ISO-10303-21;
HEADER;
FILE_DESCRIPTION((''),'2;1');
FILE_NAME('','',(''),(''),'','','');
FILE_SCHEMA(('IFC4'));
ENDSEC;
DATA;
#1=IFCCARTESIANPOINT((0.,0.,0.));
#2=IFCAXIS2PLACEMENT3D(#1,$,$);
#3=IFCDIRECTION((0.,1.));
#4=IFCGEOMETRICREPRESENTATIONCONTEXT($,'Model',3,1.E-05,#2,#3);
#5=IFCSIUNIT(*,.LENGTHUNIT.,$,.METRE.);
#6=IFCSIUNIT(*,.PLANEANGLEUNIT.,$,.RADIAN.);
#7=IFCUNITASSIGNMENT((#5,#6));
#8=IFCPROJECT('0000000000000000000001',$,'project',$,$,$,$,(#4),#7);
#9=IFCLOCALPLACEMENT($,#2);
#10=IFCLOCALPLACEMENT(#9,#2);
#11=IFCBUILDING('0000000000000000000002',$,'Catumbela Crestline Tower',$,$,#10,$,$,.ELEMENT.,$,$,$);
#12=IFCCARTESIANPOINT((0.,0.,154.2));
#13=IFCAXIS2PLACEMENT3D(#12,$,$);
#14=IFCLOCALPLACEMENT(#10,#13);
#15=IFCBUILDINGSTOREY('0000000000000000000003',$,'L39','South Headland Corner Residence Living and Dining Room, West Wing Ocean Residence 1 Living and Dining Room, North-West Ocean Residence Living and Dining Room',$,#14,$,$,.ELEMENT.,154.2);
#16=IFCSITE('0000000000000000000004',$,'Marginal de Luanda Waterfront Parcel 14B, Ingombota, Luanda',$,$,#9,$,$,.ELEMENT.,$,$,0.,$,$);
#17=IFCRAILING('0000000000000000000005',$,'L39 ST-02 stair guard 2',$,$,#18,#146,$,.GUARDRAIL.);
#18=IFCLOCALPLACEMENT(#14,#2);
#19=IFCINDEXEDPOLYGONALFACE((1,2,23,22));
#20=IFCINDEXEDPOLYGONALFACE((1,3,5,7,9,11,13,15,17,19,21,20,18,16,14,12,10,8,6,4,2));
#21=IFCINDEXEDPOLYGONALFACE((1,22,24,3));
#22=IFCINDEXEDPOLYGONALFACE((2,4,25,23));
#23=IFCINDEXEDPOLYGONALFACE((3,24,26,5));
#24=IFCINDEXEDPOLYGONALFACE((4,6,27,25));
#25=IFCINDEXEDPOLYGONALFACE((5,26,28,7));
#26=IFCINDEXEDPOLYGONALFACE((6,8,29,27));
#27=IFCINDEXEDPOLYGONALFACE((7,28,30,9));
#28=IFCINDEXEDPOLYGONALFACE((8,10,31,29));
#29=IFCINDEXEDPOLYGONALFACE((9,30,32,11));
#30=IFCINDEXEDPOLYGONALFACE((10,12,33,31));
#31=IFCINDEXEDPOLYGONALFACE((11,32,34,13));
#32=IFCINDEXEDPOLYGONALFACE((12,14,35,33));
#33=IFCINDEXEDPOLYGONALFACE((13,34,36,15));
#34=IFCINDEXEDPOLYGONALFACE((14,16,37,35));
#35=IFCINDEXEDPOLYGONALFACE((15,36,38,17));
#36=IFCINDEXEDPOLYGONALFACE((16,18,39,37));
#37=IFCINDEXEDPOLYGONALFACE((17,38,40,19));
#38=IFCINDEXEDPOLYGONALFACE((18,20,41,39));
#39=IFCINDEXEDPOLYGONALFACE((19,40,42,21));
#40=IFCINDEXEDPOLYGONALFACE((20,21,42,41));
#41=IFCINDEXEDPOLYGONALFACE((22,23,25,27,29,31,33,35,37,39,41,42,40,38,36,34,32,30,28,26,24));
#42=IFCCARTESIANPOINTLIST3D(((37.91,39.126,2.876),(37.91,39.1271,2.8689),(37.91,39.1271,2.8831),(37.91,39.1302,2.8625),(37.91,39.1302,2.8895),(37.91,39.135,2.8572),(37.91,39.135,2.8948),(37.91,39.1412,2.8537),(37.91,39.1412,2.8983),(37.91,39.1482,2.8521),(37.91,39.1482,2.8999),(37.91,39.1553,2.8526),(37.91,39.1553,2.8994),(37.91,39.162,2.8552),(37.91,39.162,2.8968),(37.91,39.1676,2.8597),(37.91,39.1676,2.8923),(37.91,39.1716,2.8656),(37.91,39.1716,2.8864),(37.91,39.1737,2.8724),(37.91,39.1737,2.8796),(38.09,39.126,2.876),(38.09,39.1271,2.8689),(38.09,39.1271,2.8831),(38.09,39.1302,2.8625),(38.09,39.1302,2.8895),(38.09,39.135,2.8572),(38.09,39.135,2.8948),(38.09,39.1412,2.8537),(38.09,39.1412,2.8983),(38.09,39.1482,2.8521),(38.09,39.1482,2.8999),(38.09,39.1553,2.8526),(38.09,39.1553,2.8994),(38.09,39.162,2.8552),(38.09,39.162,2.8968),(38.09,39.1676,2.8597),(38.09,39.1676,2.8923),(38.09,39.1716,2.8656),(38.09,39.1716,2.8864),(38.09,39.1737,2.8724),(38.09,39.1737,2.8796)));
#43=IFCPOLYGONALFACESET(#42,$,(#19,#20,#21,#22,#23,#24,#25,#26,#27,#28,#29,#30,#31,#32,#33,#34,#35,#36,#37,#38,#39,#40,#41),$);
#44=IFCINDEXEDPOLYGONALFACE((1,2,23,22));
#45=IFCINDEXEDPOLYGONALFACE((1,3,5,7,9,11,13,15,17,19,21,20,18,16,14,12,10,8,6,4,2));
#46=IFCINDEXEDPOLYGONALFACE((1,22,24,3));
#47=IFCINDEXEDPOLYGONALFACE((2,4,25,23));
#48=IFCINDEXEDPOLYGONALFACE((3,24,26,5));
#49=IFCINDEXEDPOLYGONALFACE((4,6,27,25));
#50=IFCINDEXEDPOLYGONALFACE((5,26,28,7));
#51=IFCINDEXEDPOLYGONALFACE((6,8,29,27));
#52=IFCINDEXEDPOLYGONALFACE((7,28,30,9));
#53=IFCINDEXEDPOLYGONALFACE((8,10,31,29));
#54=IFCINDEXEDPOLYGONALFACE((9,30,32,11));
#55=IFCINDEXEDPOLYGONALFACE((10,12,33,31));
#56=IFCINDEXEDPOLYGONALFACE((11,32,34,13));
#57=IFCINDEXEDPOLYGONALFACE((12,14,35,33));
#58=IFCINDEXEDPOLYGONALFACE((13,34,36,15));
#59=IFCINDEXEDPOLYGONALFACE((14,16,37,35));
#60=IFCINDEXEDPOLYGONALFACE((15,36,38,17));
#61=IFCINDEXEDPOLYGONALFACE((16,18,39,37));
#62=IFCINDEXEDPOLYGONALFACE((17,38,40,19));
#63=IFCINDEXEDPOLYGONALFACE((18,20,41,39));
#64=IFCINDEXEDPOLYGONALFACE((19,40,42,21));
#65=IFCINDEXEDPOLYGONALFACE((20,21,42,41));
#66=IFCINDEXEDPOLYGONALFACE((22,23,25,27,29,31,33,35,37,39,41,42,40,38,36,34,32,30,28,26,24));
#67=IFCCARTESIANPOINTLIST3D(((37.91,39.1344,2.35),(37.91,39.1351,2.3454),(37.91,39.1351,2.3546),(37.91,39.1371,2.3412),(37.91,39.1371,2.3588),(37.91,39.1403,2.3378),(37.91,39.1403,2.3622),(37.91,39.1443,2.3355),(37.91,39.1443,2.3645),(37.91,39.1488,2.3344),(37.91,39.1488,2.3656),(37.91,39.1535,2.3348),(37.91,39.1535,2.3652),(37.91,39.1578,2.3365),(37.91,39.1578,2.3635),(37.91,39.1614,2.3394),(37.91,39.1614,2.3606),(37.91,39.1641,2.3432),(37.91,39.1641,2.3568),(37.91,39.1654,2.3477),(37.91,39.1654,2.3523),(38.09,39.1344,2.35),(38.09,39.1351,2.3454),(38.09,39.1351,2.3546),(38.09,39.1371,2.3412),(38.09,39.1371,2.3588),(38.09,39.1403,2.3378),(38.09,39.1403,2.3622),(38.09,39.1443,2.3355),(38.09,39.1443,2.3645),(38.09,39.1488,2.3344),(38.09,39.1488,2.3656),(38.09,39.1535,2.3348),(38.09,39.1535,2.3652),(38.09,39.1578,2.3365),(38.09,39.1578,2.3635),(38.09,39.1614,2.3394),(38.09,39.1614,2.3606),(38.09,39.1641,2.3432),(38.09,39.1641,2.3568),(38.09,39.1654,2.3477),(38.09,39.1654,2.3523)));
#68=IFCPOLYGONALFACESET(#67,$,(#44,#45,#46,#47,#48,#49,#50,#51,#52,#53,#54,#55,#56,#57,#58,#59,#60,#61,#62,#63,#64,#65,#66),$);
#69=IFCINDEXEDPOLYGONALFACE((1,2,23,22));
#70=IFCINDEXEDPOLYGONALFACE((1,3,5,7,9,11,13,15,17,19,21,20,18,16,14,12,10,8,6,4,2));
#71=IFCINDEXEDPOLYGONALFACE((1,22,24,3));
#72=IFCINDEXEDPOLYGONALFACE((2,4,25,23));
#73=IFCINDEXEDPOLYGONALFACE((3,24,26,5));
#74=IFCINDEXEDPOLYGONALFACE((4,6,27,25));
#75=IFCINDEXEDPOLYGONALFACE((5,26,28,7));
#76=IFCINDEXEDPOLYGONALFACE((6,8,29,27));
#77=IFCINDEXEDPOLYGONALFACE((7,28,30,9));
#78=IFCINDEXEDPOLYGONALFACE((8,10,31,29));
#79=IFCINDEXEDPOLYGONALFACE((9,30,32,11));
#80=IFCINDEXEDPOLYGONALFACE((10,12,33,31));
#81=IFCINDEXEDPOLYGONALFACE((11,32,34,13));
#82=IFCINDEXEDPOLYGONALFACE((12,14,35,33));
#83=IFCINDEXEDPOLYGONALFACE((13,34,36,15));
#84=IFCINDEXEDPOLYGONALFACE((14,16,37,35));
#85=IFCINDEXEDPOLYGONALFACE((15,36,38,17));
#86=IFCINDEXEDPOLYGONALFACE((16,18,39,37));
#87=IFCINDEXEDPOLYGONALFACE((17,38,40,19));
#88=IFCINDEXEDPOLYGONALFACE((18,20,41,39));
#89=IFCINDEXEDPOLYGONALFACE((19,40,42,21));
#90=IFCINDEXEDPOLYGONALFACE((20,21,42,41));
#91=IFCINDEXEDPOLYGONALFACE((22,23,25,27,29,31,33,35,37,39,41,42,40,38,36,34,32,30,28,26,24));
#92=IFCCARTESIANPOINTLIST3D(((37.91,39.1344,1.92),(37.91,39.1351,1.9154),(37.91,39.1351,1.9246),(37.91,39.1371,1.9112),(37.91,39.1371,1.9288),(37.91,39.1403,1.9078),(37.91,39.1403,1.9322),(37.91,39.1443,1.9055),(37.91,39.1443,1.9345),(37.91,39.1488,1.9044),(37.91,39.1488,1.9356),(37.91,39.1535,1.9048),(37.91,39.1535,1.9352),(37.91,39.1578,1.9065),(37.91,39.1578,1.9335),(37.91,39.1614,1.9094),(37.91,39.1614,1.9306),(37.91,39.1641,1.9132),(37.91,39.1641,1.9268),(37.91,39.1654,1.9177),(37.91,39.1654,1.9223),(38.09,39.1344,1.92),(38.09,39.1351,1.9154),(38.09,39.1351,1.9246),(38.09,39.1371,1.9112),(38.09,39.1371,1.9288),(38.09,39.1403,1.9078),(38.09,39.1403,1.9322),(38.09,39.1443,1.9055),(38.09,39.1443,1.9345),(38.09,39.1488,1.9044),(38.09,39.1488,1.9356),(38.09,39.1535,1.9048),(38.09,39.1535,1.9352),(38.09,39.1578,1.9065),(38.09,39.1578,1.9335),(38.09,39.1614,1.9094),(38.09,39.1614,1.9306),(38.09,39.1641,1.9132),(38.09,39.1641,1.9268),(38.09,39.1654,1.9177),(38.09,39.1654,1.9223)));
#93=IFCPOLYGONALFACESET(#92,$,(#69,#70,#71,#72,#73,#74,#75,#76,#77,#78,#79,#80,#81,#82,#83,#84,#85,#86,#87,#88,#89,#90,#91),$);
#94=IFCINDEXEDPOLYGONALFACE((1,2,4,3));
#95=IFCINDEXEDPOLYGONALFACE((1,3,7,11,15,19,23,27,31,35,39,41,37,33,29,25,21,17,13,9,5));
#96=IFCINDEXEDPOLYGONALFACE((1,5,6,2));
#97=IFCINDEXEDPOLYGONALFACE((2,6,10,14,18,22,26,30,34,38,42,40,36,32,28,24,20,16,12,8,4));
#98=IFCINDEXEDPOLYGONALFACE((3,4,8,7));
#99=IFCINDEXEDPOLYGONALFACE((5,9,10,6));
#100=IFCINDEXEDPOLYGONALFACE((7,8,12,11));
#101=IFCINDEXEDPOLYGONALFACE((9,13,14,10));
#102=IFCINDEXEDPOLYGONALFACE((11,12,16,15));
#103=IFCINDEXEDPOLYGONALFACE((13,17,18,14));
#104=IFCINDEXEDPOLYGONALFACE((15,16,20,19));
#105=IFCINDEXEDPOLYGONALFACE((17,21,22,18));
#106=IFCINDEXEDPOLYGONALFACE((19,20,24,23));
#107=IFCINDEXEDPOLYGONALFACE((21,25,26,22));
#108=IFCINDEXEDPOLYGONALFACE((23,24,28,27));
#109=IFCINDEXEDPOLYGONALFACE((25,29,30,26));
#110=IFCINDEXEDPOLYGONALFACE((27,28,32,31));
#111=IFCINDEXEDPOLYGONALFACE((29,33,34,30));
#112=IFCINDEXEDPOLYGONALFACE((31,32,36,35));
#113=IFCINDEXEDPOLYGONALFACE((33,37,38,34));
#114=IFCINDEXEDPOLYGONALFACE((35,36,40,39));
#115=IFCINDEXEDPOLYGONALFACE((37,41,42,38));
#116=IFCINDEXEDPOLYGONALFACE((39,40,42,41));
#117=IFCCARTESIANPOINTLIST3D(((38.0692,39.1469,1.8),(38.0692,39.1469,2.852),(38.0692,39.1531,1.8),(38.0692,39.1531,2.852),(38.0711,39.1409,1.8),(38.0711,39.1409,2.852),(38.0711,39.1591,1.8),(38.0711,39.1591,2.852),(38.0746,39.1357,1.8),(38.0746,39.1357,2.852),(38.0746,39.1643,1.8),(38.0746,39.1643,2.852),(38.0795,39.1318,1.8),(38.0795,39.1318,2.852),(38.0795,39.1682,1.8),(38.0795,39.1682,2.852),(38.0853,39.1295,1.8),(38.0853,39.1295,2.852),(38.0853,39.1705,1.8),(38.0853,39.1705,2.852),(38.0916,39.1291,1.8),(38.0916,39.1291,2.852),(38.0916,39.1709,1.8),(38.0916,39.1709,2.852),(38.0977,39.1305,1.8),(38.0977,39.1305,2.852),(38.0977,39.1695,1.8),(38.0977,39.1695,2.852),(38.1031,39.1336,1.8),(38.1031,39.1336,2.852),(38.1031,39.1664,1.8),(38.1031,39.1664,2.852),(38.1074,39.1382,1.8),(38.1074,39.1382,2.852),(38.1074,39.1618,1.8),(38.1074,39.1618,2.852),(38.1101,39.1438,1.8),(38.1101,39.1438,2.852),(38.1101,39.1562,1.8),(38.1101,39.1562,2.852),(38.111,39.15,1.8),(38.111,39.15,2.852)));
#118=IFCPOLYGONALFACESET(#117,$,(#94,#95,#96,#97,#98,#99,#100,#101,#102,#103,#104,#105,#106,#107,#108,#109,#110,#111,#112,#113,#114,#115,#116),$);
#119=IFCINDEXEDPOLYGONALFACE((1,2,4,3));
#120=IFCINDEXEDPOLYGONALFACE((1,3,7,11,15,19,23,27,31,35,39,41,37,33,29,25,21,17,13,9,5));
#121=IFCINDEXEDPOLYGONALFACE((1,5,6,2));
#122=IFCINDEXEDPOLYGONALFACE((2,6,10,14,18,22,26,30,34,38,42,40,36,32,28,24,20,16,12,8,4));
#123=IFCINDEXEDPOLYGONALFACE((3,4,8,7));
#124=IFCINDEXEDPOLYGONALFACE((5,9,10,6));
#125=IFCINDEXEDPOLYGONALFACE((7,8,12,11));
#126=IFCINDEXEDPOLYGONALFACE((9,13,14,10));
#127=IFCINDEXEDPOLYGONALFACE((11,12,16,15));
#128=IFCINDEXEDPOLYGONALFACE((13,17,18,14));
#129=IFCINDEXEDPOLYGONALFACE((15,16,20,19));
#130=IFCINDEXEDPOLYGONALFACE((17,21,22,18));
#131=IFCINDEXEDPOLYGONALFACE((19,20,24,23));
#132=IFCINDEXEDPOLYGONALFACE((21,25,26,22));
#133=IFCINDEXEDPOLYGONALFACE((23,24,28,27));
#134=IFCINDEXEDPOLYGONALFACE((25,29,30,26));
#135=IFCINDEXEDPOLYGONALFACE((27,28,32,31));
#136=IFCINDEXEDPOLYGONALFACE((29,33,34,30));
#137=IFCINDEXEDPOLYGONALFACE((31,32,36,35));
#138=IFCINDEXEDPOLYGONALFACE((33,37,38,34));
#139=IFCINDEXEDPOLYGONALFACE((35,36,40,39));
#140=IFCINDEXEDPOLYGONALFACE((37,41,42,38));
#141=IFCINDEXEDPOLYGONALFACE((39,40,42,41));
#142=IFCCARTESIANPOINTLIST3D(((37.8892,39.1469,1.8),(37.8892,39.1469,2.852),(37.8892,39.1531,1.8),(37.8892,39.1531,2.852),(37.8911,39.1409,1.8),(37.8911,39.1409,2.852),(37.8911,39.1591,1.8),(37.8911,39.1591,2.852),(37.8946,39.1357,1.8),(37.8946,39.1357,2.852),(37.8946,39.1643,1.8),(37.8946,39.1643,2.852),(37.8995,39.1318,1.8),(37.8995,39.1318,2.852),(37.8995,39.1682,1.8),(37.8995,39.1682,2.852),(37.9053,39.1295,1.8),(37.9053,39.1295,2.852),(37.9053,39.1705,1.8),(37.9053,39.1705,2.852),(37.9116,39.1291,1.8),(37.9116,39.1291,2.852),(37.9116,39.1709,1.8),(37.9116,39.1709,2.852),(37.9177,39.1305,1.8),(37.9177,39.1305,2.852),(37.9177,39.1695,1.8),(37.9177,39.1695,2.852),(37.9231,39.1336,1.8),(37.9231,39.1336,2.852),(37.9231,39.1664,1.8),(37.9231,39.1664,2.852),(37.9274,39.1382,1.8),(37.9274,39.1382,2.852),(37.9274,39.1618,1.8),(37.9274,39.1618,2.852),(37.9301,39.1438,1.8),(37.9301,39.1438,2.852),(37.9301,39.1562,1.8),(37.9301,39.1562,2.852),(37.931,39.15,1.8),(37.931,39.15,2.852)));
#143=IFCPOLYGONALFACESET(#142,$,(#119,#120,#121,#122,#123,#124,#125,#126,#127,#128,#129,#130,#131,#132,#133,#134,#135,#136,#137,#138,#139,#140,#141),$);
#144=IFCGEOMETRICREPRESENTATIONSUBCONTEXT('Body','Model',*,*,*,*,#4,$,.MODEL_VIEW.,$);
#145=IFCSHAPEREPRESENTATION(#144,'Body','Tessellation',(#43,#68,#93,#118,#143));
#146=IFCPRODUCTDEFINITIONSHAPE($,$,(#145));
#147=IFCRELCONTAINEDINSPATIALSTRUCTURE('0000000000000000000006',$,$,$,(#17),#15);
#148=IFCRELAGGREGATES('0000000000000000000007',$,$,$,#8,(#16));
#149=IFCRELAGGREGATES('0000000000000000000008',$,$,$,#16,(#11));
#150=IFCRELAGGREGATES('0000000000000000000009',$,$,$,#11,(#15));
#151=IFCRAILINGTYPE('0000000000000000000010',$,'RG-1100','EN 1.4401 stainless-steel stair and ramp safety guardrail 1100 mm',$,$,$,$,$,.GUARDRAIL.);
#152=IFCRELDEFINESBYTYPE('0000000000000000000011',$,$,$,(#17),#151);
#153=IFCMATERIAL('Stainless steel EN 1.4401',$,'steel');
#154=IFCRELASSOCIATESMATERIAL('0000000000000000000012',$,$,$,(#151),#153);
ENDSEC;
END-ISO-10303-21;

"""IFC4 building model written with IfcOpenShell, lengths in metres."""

from ifc_helpers import new_model, si_unit, direction, frame, origin, origin_2d, place, context, subcontext, project, spatial, circle, extrude, material, type_object, element, save


model = new_model("IFC4")

# Units and contexts
model_context = context("Model", 3, precision=1e-05, world=origin(), true_north=direction((0.0, 1.0)))
body_context = subcontext(model_context, "Body", "Model", "MODEL_VIEW")
ifc_project = project(units=[si_unit("LENGTHUNIT", "METRE"), si_unit("PLANEANGLEUNIT", "RADIAN")], contexts=[model_context])

# Site, building, storey
site_placement = place(None, origin())
site = spatial("IfcSite", under=ifc_project, at=site_placement, Name="Marginal de Luanda Waterfront Parcel 14B, Ingombota, Luanda", CompositionType="ELEMENT", RefElevation=0.0)
building_placement = place(site_placement, origin())
building = spatial("IfcBuilding", under=site, at=building_placement, Name="Catumbela Crestline Tower", CompositionType="ELEMENT")
storey_placement = place(building_placement, frame((0.0, 0.0, 154.2)))
storey = spatial("IfcBuildingStorey", under=building, at=storey_placement, Name="L39", Description="South Headland Corner Residence Living and Dining Room, West Wing Ocean Residence 1 Living and Dining Room, North-West Ocean Residence Living and Dining Room", CompositionType="ELEMENT", Elevation=154.2)

# Shared definitions
ifc_material_1 = material(Name="Stainless steel EN 1.4401", Category="steel")

# Railing
railing_type_1 = type_object("IfcRailingType", Name="RG-1100", Description="EN 1.4401 stainless-steel stair and ramp safety guardrail 1100 mm", PredefinedType="GUARDRAIL", material=ifc_material_1)
railing_1_placement = place(storey_placement, frame((38.09, 39.15, 1.8)))
element("IfcRailing", 1, at=railing_1_placement, inside=storey, type_object=railing_type_1, Name="L39 ST-02 stair guard 2", PredefinedType="GUARDRAIL", context=body_context, shape_type="SweptSolid", body=[
    extrude(circle(Radius=0.024, at=origin_2d()), frame((0.0, 0.0, 1.076), z_axis=(-1.0, 0.0, 0.0), x_axis=(0.0, -1.0, 0.0)), (0.0, 0.0, 1.0), 0.18),
    extrude(circle(Radius=0.0156, at=origin_2d()), frame((0.0, 0.0, 0.55), z_axis=(-1.0, 0.0, 0.0), x_axis=(0.0, -1.0, 0.0)), (0.0, 0.0, 1.0), 0.18),
    extrude(circle(Radius=0.0156, at=origin_2d()), frame((0.0, 0.0, 0.12), z_axis=(-1.0, 0.0, 0.0), x_axis=(0.0, -1.0, 0.0)), (0.0, 0.0, 1.0), 0.18),
    extrude(circle(Radius=0.021, at=origin_2d()), origin(), (0.0, 0.0, 1.0), 1.052),
    extrude(circle(Radius=0.021, at=origin_2d()), frame((-0.18, 0.0, 0.0)), (0.0, 0.0, 1.0), 1.052),
])

save(model, "model.ifc")
